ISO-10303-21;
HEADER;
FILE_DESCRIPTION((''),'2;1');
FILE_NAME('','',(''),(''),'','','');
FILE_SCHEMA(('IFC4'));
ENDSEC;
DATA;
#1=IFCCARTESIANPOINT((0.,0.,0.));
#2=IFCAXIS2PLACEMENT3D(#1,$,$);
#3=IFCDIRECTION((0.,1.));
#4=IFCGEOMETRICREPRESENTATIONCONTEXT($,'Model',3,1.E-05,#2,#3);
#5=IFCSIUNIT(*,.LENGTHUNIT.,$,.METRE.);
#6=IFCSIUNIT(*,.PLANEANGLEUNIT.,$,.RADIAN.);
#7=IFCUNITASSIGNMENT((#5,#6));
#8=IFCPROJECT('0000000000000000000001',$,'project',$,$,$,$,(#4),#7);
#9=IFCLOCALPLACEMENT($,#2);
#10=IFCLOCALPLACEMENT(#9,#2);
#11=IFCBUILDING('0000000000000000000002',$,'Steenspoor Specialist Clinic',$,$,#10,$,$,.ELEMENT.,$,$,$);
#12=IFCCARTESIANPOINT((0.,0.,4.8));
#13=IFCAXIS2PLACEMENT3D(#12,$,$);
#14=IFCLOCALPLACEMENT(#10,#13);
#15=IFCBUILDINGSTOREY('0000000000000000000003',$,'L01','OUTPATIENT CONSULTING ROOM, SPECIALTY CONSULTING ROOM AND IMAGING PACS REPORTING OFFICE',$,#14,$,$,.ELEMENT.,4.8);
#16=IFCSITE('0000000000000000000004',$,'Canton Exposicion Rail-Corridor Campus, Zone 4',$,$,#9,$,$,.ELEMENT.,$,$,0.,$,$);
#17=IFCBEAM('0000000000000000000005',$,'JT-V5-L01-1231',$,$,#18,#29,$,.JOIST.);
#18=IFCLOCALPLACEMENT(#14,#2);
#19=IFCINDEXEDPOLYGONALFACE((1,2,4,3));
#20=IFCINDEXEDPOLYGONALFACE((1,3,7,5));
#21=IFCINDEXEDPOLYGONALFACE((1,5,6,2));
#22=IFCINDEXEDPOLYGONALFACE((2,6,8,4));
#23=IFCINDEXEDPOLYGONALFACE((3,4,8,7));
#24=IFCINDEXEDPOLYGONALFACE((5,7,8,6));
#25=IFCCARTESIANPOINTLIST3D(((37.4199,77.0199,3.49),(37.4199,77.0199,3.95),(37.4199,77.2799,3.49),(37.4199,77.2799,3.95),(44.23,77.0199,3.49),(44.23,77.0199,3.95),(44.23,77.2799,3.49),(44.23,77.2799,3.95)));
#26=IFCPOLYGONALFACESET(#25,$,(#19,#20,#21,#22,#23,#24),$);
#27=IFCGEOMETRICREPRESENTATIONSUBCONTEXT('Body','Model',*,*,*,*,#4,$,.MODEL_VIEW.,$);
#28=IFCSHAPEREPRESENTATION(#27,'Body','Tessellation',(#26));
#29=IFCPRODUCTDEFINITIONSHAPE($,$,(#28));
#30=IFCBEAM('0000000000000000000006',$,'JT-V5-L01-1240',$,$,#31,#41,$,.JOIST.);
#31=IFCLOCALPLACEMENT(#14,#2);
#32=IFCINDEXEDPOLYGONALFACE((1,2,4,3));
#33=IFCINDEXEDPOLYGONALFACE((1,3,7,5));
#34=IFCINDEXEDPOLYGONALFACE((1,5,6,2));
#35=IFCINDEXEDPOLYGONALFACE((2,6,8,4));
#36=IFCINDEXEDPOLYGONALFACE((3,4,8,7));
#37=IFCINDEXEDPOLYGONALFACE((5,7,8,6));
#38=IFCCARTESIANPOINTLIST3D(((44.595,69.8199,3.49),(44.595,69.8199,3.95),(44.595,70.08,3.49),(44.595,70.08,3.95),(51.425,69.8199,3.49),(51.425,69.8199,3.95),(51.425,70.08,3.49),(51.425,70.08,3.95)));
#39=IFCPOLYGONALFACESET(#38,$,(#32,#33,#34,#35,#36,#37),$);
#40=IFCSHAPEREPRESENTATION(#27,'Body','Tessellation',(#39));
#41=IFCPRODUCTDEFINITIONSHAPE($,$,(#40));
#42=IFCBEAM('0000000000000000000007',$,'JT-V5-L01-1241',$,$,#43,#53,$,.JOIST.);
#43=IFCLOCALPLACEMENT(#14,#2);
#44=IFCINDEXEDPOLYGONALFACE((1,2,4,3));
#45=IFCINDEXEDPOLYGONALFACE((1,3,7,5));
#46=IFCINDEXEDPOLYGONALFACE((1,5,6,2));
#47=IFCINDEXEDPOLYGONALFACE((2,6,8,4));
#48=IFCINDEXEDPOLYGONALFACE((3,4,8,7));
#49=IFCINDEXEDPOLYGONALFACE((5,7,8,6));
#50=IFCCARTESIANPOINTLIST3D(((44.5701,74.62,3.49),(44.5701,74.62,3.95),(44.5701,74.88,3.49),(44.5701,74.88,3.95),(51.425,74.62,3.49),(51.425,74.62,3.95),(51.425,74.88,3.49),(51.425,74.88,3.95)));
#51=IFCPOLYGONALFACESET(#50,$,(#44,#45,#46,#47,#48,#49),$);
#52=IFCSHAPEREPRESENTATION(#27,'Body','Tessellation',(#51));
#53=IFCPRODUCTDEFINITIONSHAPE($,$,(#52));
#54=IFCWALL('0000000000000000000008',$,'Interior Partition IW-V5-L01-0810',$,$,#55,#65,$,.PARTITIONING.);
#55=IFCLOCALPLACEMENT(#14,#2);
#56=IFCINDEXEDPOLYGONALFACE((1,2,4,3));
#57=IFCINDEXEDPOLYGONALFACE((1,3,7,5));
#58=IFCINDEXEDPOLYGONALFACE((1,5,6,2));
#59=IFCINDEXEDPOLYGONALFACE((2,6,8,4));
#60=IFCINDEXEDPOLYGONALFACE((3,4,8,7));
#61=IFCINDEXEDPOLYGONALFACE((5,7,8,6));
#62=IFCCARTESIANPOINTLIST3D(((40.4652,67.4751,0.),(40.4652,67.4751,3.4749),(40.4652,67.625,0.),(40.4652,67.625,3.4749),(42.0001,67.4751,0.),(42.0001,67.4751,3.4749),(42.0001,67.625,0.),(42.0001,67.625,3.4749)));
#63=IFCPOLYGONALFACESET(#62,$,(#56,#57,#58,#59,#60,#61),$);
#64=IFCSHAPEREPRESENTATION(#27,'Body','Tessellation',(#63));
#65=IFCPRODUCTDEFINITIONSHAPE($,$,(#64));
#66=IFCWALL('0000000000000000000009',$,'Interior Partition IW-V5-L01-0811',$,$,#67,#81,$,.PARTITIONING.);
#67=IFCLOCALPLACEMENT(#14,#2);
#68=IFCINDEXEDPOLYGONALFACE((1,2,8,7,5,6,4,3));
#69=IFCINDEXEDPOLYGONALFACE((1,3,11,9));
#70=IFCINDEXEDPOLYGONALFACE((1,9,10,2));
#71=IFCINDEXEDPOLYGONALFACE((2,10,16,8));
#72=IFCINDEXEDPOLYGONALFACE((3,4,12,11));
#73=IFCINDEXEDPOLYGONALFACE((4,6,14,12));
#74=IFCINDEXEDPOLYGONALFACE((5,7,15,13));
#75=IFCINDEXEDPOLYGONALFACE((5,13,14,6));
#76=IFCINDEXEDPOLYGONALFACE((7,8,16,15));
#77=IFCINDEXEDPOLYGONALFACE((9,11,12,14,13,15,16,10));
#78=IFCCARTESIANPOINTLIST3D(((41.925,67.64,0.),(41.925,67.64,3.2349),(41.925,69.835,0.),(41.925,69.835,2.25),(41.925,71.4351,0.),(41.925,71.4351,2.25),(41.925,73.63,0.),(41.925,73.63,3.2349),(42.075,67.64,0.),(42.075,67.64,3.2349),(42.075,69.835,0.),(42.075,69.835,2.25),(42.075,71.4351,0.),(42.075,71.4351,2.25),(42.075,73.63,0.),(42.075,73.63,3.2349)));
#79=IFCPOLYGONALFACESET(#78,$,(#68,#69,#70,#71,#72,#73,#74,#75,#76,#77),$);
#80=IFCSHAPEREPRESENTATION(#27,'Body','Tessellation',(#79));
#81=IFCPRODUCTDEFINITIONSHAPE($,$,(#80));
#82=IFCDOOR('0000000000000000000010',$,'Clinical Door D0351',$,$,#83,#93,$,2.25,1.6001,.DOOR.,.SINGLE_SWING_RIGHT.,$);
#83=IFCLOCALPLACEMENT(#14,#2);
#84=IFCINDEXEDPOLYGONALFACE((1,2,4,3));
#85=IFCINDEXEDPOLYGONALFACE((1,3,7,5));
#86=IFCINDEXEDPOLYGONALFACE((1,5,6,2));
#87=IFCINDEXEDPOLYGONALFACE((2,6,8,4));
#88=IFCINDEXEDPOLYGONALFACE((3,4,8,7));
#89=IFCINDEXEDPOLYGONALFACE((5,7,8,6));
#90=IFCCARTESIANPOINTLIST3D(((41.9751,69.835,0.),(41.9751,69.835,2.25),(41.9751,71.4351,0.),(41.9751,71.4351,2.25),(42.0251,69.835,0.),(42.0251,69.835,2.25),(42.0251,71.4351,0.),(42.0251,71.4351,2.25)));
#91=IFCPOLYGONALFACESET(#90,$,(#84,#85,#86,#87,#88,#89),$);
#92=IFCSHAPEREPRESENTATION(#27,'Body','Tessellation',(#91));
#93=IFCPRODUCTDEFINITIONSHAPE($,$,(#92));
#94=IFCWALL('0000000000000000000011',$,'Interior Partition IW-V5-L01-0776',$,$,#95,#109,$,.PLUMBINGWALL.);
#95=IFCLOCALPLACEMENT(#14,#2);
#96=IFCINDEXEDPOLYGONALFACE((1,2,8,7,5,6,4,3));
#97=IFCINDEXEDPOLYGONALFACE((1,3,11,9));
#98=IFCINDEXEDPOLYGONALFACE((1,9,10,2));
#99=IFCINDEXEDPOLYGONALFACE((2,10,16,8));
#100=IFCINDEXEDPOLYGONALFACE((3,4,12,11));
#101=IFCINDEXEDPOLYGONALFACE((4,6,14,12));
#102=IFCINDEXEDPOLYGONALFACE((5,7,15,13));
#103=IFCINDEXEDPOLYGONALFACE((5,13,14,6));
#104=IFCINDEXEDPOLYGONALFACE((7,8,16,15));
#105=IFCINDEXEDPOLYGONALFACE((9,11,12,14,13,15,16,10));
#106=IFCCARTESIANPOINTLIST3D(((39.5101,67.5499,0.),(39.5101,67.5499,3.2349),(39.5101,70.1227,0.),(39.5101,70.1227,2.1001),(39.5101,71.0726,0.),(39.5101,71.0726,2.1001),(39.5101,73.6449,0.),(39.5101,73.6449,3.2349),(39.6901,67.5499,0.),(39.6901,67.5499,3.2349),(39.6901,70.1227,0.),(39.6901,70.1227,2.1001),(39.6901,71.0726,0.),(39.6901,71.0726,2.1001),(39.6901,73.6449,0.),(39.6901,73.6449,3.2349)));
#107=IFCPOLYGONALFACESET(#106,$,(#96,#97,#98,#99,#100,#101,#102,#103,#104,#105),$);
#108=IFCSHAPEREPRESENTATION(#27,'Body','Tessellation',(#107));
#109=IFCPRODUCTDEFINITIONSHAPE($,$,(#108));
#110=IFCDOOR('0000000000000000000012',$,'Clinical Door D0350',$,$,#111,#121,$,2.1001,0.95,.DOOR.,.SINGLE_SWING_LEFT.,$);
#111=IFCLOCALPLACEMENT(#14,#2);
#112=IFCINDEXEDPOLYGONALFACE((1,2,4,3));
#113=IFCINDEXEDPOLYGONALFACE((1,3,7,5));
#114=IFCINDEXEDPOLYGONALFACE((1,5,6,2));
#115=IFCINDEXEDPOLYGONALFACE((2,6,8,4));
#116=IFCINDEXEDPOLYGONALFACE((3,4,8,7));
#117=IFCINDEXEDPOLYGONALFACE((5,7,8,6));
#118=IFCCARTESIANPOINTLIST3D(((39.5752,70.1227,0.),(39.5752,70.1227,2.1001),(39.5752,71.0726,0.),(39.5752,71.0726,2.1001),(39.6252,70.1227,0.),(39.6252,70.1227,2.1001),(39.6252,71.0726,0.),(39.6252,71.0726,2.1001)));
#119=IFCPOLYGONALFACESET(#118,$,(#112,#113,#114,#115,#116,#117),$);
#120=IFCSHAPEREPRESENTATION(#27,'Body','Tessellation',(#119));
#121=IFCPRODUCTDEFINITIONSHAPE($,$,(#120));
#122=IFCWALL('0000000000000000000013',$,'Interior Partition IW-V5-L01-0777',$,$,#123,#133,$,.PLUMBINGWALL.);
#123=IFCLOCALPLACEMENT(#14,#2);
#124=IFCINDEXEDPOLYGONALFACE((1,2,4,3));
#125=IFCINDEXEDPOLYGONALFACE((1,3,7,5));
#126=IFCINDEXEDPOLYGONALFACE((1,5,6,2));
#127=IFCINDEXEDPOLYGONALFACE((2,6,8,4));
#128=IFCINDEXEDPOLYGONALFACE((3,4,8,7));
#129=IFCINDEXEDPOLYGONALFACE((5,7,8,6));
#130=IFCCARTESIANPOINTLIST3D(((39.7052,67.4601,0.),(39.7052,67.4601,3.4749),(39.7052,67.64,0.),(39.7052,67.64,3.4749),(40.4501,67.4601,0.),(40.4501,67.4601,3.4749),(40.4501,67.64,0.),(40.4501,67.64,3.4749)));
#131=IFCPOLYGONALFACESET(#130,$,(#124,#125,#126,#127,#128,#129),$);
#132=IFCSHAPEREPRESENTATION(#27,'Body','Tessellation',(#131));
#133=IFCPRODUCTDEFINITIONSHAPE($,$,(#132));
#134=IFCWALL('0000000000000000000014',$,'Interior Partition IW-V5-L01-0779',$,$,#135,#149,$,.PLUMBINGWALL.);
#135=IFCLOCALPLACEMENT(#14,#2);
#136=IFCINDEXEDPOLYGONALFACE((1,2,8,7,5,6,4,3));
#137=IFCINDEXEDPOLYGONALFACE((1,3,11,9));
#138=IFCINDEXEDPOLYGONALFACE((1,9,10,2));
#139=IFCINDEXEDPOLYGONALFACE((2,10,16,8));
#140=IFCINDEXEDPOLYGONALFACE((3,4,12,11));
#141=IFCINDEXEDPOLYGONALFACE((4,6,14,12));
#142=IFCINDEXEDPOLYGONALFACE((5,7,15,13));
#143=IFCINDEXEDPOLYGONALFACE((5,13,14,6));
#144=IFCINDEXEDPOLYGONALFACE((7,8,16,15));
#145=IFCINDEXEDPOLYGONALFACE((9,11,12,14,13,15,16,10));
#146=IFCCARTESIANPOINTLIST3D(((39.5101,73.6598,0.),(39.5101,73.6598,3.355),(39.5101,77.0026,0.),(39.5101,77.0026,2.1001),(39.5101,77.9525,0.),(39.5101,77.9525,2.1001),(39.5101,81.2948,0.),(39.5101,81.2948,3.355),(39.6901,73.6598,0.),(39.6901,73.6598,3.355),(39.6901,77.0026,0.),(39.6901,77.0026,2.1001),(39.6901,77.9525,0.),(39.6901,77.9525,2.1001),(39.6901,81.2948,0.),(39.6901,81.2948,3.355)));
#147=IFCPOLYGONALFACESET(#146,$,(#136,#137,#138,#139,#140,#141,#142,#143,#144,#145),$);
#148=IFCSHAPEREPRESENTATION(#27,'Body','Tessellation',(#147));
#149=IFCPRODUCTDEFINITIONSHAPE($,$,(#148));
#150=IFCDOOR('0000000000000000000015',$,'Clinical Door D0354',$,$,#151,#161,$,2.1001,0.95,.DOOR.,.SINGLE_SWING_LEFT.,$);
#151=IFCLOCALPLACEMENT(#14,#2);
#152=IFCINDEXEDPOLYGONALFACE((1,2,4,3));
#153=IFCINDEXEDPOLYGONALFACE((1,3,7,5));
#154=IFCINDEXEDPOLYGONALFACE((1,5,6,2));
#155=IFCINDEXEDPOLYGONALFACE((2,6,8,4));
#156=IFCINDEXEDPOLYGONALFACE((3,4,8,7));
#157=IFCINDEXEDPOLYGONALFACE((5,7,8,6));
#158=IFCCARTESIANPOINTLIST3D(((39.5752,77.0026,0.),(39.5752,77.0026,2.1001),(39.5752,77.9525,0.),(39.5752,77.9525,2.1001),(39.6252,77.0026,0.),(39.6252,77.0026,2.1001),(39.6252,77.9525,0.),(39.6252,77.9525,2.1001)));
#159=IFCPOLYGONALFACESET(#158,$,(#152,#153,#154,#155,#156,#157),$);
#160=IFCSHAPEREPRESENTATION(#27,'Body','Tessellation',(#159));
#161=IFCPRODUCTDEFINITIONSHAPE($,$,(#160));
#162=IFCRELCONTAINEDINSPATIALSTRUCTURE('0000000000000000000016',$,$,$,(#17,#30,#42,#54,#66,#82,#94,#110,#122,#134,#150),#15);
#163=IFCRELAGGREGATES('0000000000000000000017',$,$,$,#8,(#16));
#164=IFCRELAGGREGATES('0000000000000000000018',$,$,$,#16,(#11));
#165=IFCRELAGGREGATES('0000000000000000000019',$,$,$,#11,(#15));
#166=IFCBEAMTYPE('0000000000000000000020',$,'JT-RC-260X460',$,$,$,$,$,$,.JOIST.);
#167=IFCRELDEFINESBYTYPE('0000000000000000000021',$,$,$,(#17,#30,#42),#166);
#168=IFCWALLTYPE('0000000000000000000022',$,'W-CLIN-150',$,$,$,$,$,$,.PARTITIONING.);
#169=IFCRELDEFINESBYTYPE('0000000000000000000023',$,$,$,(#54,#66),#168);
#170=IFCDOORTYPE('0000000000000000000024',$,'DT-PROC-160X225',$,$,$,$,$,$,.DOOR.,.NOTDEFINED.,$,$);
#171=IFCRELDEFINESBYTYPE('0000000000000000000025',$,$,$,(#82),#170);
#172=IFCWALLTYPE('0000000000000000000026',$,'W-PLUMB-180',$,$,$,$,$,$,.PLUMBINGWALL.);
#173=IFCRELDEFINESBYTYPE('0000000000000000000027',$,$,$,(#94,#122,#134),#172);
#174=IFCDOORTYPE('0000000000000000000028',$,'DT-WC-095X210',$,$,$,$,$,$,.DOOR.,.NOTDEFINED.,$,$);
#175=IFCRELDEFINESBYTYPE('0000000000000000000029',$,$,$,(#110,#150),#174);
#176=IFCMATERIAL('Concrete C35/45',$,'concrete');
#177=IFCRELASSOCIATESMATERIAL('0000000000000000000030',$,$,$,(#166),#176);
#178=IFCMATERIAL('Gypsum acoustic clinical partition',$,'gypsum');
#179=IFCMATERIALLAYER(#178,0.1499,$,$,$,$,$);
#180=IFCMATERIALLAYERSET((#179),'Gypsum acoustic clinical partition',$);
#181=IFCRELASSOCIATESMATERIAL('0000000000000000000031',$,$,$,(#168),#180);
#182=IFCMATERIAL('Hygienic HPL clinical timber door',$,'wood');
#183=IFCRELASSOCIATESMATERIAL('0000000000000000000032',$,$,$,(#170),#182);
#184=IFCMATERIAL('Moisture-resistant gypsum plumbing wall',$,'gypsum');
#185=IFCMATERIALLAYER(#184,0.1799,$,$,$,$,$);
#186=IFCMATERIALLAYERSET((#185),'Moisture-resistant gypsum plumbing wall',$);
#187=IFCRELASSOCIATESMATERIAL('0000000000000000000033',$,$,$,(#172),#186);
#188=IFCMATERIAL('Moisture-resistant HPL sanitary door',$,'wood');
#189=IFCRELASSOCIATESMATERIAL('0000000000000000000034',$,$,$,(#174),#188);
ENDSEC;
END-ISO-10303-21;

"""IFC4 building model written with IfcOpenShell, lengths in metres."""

from ifc_helpers import new_model, si_unit, direction, frame, frame_2d, origin, origin_2d, place, context, subcontext, project, spatial, rectangle, extrude, material, layer, layer_set, material_profile, profile_set, type_object, element, fill, save


model = new_model("IFC4")

# Units and contexts
model_context = context("Model", 3, precision=1e-05, world=origin(), true_north=direction((0.0, 1.0)))
body_context = subcontext(model_context, "Body", "Model", "MODEL_VIEW")
ifc_project = project(units=[si_unit("LENGTHUNIT", "METRE"), si_unit("PLANEANGLEUNIT", "RADIAN")], contexts=[model_context])

# Site, building, storey
site_placement = place(None, origin())
site = spatial("IfcSite", under=ifc_project, at=site_placement, Name="Canton Exposicion Rail-Corridor Campus, Zone 4", CompositionType="ELEMENT", RefElevation=0.0)
building_placement = place(site_placement, origin())
building = spatial("IfcBuilding", under=site, at=building_placement, Name="Steenspoor Specialist Clinic", CompositionType="ELEMENT")
storey_placement = place(building_placement, frame((0.0, 0.0, 4.8)))
storey = spatial("IfcBuildingStorey", under=building, at=storey_placement, Name="L01", Description="OUTPATIENT CONSULTING ROOM, SPECIALTY CONSULTING ROOM AND IMAGING PACS REPORTING OFFICE", CompositionType="ELEMENT", Elevation=4.8)

# Beams
ifc_material_1 = material(Name="Concrete C35/45", Category="concrete")
ifc_material_profile_1 = material_profile(ifc_material_1, rectangle(XDim=0.26, YDim=0.46, at=origin_2d()), Name="RC-JT-260X460")
ifc_profile_set_1 = profile_set([ifc_material_profile_1], Name="Concrete C35/45")
beam_type_1 = type_object("IfcBeamType", Name="JT-RC-260X460", PredefinedType="JOIST", material=ifc_profile_set_1)
beam_1_placement = place(storey_placement, frame((37.4199, 77.1499, 3.72), z_axis=(1.0, 0.0, 0.0), x_axis=(0.0, 1.0, 0.0)))
element("IfcBeam", 1, at=beam_1_placement, inside=storey, type_object=beam_type_1, Name="JT-V5-L01-1231", PredefinedType="JOIST", context=body_context, shape_type="SweptSolid", body=[
    extrude(rectangle(XDim=0.26, YDim=0.46, at=origin_2d()), origin(), (0.0, 0.0, 1.0), 6.8101),
])
beam_2_placement = place(storey_placement, frame((44.595, 69.95, 3.72), z_axis=(1.0, 0.0, 0.0), x_axis=(0.0, 1.0, 0.0)))
element("IfcBeam", 2, at=beam_2_placement, inside=storey, type_object=beam_type_1, Name="JT-V5-L01-1240", PredefinedType="JOIST", context=body_context, shape_type="SweptSolid", body=[
    extrude(rectangle(XDim=0.26, YDim=0.46, at=origin_2d()), origin(), (0.0, 0.0, 1.0), 6.8301),
])
beam_3_placement = place(storey_placement, frame((44.5701, 74.75, 3.72), z_axis=(1.0, 0.0, 0.0), x_axis=(0.0, 1.0, 0.0)))
element("IfcBeam", 3, at=beam_3_placement, inside=storey, type_object=beam_type_1, Name="JT-V5-L01-1241", PredefinedType="JOIST", context=body_context, shape_type="SweptSolid", body=[
    extrude(rectangle(XDim=0.26, YDim=0.46, at=origin_2d()), origin(), (0.0, 0.0, 1.0), 6.855),
])

# Wall
ifc_material_2 = material(Name="Gypsum acoustic clinical partition", Category="gypsum")
ifc_layer_1 = layer(ifc_material_2, 0.1499)
ifc_layer_set_1 = layer_set([ifc_layer_1], Name="Gypsum acoustic clinical partition")
wall_type_1 = type_object("IfcWallType", Name="W-CLIN-150", PredefinedType="PARTITIONING", material=ifc_layer_set_1)
wall_1_placement = place(storey_placement, frame((40.4651, 67.55, 0.0), z_axis=(0.0, 0.0, 1.0), x_axis=(1.0, 0.0, 0.0)))
element("IfcWall", 4, at=wall_1_placement, inside=storey, type_object=wall_type_1, Name="Interior Partition IW-V5-L01-0810", PredefinedType="PARTITIONING", context=body_context, shape_type="SweptSolid", body=[
    extrude(rectangle(XDim=1.5349, YDim=0.1499, at=frame_2d((0.7676, 0.0))), origin(), (0.0, 0.0, 1.0), 3.4749),
])

# Walls, openings, doors
wall_2_placement = place(storey_placement, frame((42.0, 67.6399, 0.0), z_axis=(0.0, 0.0, 1.0), x_axis=(0.0, 1.0, 0.0)))
wall_2 = element("IfcWall", 5, at=wall_2_placement, inside=storey, type_object=wall_type_1, Name="Interior Partition IW-V5-L01-0811", PredefinedType="PARTITIONING", context=body_context, shape_type="SweptSolid", body=[
    extrude(rectangle(XDim=5.99, YDim=0.1499, at=frame_2d((2.9951, 0.0))), origin(), (0.0, 0.0, 1.0), 3.2349),
])
opening_1_placement = place(wall_2_placement, frame((2.1951, 0.0, 0.0)))
opening_1 = element("IfcOpeningElement", 6, at=opening_1_placement, cuts=wall_2, PredefinedType="OPENING", context=body_context, shape_type="SweptSolid", body=[
    extrude(rectangle(XDim=1.6001, YDim=2.25, at=frame_2d((0.8, 1.125))), frame((0.0, 0.085, 0.0), z_axis=(0.0, -1.0, 0.0), x_axis=(1.0, 0.0, 0.0)), (0.0, 0.0, 1.0), 0.1699),
])
ifc_material_3 = material(Name="Hygienic HPL clinical timber door", Category="wood")
door_type_1 = type_object("IfcDoorType", Name="DT-PROC-160X225", OperationType="NOTDEFINED", PredefinedType="DOOR", material=ifc_material_3)
door_1_placement = place(opening_1_placement, origin())
door_1 = element("IfcDoor", 7, at=door_1_placement, inside=storey, type_object=door_type_1, Name="Clinical Door D0351", OperationType="SINGLE_SWING_RIGHT", OverallHeight=2.25, OverallWidth=1.6001, PredefinedType="DOOR", context=body_context, shape_type="SweptSolid", body=[
    extrude(rectangle(XDim=1.6001, YDim=2.25, at=frame_2d((0.8, 1.125))), frame((0.0, 0.0249, 0.0), z_axis=(0.0, -1.0, 0.0), x_axis=(1.0, 0.0, 0.0)), (0.0, 0.0, 1.0), 0.05),
])
fill(opening_1, door_1)
ifc_material_4 = material(Name="Moisture-resistant gypsum plumbing wall", Category="gypsum")
ifc_layer_2 = layer(ifc_material_4, 0.1799)
ifc_layer_set_2 = layer_set([ifc_layer_2], Name="Moisture-resistant gypsum plumbing wall")
wall_type_2 = type_object("IfcWallType", Name="W-PLUMB-180", PredefinedType="PLUMBINGWALL", material=ifc_layer_set_2)
wall_3_placement = place(storey_placement, frame((39.6001, 67.55, 0.0), z_axis=(0.0, 0.0, 1.0), x_axis=(0.0, 1.0, 0.0)))
wall_3 = element("IfcWall", 8, at=wall_3_placement, inside=storey, type_object=wall_type_2, Name="Interior Partition IW-V5-L01-0776", PredefinedType="PLUMBINGWALL", context=body_context, shape_type="SweptSolid", body=[
    extrude(rectangle(XDim=6.095, YDim=0.1799, at=frame_2d((3.0474, 0.0))), origin(), (0.0, 0.0, 1.0), 3.2349),
])
opening_2_placement = place(wall_3_placement, frame((2.5725, 0.0, 0.0)))
opening_2 = element("IfcOpeningElement", 9, at=opening_2_placement, cuts=wall_3, PredefinedType="OPENING", context=body_context, shape_type="SweptSolid", body=[
    extrude(rectangle(XDim=0.95, YDim=2.1001, at=frame_2d((0.4751, 1.05))), frame((0.0, 0.1001, 0.0), z_axis=(0.0, -1.0, 0.0), x_axis=(1.0, 0.0, 0.0)), (0.0, 0.0, 1.0), 0.2),
])
ifc_material_5 = material(Name="Moisture-resistant HPL sanitary door", Category="wood")
door_type_2 = type_object("IfcDoorType", Name="DT-WC-095X210", OperationType="NOTDEFINED", PredefinedType="DOOR", material=ifc_material_5)
door_2_placement = place(opening_2_placement, origin())
door_2 = element("IfcDoor", 10, at=door_2_placement, inside=storey, type_object=door_type_2, Name="Clinical Door D0350", OperationType="SINGLE_SWING_LEFT", OverallHeight=2.1001, OverallWidth=0.95, PredefinedType="DOOR", context=body_context, shape_type="SweptSolid", body=[
    extrude(rectangle(XDim=0.95, YDim=2.1001, at=frame_2d((0.4751, 1.05))), frame((0.0, 0.0249, 0.0), z_axis=(0.0, -1.0, 0.0), x_axis=(1.0, 0.0, 0.0)), (0.0, 0.0, 1.0), 0.05),
])
fill(opening_2, door_2)

# Wall
wall_4_placement = place(storey_placement, frame((39.7051, 67.55, 0.0), z_axis=(0.0, 0.0, 1.0), x_axis=(1.0, 0.0, 0.0)))
element("IfcWall", 11, at=wall_4_placement, inside=storey, type_object=wall_type_2, Name="Interior Partition IW-V5-L01-0777", PredefinedType="PLUMBINGWALL", context=body_context, shape_type="SweptSolid", body=[
    extrude(rectangle(XDim=0.7449, YDim=0.1799, at=frame_2d((0.3726, 0.0))), origin(), (0.0, 0.0, 1.0), 3.4749),
])

# Wall, opening, door
wall_5_placement = place(storey_placement, frame((39.6001, 73.6599, 0.0), z_axis=(0.0, 0.0, 1.0), x_axis=(0.0, 1.0, 0.0)))
wall_5 = element("IfcWall", 12, at=wall_5_placement, inside=storey, type_object=wall_type_2, Name="Interior Partition IW-V5-L01-0779", PredefinedType="PLUMBINGWALL", context=body_context, shape_type="SweptSolid", body=[
    extrude(rectangle(XDim=7.635, YDim=0.1799, at=frame_2d((3.8174, 0.0))), origin(), (0.0, 0.0, 1.0), 3.355),
])
opening_3_placement = place(wall_5_placement, frame((3.3425, 0.0, 0.0)))
opening_3 = element("IfcOpeningElement", 13, at=opening_3_placement, cuts=wall_5, PredefinedType="OPENING", context=body_context, shape_type="SweptSolid", body=[
    extrude(rectangle(XDim=0.95, YDim=2.1001, at=frame_2d((0.4751, 1.05))), frame((0.0, 0.1001, 0.0), z_axis=(0.0, -1.0, 0.0), x_axis=(1.0, 0.0, 0.0)), (0.0, 0.0, 1.0), 0.2),
])
door_3_placement = place(opening_3_placement, origin())
door_3 = element("IfcDoor", 14, at=door_3_placement, inside=storey, type_object=door_type_2, Name="Clinical Door D0354", OperationType="SINGLE_SWING_LEFT", OverallHeight=2.1001, OverallWidth=0.95, PredefinedType="DOOR", context=body_context, shape_type="SweptSolid", body=[
    extrude(rectangle(XDim=0.95, YDim=2.1001, at=frame_2d((0.4751, 1.05))), frame((0.0, 0.0249, 0.0), z_axis=(0.0, -1.0, 0.0), x_axis=(1.0, 0.0, 0.0)), (0.0, 0.0, 1.0), 0.05),
])
fill(opening_3, door_3)

save(model, "model.ifc")
